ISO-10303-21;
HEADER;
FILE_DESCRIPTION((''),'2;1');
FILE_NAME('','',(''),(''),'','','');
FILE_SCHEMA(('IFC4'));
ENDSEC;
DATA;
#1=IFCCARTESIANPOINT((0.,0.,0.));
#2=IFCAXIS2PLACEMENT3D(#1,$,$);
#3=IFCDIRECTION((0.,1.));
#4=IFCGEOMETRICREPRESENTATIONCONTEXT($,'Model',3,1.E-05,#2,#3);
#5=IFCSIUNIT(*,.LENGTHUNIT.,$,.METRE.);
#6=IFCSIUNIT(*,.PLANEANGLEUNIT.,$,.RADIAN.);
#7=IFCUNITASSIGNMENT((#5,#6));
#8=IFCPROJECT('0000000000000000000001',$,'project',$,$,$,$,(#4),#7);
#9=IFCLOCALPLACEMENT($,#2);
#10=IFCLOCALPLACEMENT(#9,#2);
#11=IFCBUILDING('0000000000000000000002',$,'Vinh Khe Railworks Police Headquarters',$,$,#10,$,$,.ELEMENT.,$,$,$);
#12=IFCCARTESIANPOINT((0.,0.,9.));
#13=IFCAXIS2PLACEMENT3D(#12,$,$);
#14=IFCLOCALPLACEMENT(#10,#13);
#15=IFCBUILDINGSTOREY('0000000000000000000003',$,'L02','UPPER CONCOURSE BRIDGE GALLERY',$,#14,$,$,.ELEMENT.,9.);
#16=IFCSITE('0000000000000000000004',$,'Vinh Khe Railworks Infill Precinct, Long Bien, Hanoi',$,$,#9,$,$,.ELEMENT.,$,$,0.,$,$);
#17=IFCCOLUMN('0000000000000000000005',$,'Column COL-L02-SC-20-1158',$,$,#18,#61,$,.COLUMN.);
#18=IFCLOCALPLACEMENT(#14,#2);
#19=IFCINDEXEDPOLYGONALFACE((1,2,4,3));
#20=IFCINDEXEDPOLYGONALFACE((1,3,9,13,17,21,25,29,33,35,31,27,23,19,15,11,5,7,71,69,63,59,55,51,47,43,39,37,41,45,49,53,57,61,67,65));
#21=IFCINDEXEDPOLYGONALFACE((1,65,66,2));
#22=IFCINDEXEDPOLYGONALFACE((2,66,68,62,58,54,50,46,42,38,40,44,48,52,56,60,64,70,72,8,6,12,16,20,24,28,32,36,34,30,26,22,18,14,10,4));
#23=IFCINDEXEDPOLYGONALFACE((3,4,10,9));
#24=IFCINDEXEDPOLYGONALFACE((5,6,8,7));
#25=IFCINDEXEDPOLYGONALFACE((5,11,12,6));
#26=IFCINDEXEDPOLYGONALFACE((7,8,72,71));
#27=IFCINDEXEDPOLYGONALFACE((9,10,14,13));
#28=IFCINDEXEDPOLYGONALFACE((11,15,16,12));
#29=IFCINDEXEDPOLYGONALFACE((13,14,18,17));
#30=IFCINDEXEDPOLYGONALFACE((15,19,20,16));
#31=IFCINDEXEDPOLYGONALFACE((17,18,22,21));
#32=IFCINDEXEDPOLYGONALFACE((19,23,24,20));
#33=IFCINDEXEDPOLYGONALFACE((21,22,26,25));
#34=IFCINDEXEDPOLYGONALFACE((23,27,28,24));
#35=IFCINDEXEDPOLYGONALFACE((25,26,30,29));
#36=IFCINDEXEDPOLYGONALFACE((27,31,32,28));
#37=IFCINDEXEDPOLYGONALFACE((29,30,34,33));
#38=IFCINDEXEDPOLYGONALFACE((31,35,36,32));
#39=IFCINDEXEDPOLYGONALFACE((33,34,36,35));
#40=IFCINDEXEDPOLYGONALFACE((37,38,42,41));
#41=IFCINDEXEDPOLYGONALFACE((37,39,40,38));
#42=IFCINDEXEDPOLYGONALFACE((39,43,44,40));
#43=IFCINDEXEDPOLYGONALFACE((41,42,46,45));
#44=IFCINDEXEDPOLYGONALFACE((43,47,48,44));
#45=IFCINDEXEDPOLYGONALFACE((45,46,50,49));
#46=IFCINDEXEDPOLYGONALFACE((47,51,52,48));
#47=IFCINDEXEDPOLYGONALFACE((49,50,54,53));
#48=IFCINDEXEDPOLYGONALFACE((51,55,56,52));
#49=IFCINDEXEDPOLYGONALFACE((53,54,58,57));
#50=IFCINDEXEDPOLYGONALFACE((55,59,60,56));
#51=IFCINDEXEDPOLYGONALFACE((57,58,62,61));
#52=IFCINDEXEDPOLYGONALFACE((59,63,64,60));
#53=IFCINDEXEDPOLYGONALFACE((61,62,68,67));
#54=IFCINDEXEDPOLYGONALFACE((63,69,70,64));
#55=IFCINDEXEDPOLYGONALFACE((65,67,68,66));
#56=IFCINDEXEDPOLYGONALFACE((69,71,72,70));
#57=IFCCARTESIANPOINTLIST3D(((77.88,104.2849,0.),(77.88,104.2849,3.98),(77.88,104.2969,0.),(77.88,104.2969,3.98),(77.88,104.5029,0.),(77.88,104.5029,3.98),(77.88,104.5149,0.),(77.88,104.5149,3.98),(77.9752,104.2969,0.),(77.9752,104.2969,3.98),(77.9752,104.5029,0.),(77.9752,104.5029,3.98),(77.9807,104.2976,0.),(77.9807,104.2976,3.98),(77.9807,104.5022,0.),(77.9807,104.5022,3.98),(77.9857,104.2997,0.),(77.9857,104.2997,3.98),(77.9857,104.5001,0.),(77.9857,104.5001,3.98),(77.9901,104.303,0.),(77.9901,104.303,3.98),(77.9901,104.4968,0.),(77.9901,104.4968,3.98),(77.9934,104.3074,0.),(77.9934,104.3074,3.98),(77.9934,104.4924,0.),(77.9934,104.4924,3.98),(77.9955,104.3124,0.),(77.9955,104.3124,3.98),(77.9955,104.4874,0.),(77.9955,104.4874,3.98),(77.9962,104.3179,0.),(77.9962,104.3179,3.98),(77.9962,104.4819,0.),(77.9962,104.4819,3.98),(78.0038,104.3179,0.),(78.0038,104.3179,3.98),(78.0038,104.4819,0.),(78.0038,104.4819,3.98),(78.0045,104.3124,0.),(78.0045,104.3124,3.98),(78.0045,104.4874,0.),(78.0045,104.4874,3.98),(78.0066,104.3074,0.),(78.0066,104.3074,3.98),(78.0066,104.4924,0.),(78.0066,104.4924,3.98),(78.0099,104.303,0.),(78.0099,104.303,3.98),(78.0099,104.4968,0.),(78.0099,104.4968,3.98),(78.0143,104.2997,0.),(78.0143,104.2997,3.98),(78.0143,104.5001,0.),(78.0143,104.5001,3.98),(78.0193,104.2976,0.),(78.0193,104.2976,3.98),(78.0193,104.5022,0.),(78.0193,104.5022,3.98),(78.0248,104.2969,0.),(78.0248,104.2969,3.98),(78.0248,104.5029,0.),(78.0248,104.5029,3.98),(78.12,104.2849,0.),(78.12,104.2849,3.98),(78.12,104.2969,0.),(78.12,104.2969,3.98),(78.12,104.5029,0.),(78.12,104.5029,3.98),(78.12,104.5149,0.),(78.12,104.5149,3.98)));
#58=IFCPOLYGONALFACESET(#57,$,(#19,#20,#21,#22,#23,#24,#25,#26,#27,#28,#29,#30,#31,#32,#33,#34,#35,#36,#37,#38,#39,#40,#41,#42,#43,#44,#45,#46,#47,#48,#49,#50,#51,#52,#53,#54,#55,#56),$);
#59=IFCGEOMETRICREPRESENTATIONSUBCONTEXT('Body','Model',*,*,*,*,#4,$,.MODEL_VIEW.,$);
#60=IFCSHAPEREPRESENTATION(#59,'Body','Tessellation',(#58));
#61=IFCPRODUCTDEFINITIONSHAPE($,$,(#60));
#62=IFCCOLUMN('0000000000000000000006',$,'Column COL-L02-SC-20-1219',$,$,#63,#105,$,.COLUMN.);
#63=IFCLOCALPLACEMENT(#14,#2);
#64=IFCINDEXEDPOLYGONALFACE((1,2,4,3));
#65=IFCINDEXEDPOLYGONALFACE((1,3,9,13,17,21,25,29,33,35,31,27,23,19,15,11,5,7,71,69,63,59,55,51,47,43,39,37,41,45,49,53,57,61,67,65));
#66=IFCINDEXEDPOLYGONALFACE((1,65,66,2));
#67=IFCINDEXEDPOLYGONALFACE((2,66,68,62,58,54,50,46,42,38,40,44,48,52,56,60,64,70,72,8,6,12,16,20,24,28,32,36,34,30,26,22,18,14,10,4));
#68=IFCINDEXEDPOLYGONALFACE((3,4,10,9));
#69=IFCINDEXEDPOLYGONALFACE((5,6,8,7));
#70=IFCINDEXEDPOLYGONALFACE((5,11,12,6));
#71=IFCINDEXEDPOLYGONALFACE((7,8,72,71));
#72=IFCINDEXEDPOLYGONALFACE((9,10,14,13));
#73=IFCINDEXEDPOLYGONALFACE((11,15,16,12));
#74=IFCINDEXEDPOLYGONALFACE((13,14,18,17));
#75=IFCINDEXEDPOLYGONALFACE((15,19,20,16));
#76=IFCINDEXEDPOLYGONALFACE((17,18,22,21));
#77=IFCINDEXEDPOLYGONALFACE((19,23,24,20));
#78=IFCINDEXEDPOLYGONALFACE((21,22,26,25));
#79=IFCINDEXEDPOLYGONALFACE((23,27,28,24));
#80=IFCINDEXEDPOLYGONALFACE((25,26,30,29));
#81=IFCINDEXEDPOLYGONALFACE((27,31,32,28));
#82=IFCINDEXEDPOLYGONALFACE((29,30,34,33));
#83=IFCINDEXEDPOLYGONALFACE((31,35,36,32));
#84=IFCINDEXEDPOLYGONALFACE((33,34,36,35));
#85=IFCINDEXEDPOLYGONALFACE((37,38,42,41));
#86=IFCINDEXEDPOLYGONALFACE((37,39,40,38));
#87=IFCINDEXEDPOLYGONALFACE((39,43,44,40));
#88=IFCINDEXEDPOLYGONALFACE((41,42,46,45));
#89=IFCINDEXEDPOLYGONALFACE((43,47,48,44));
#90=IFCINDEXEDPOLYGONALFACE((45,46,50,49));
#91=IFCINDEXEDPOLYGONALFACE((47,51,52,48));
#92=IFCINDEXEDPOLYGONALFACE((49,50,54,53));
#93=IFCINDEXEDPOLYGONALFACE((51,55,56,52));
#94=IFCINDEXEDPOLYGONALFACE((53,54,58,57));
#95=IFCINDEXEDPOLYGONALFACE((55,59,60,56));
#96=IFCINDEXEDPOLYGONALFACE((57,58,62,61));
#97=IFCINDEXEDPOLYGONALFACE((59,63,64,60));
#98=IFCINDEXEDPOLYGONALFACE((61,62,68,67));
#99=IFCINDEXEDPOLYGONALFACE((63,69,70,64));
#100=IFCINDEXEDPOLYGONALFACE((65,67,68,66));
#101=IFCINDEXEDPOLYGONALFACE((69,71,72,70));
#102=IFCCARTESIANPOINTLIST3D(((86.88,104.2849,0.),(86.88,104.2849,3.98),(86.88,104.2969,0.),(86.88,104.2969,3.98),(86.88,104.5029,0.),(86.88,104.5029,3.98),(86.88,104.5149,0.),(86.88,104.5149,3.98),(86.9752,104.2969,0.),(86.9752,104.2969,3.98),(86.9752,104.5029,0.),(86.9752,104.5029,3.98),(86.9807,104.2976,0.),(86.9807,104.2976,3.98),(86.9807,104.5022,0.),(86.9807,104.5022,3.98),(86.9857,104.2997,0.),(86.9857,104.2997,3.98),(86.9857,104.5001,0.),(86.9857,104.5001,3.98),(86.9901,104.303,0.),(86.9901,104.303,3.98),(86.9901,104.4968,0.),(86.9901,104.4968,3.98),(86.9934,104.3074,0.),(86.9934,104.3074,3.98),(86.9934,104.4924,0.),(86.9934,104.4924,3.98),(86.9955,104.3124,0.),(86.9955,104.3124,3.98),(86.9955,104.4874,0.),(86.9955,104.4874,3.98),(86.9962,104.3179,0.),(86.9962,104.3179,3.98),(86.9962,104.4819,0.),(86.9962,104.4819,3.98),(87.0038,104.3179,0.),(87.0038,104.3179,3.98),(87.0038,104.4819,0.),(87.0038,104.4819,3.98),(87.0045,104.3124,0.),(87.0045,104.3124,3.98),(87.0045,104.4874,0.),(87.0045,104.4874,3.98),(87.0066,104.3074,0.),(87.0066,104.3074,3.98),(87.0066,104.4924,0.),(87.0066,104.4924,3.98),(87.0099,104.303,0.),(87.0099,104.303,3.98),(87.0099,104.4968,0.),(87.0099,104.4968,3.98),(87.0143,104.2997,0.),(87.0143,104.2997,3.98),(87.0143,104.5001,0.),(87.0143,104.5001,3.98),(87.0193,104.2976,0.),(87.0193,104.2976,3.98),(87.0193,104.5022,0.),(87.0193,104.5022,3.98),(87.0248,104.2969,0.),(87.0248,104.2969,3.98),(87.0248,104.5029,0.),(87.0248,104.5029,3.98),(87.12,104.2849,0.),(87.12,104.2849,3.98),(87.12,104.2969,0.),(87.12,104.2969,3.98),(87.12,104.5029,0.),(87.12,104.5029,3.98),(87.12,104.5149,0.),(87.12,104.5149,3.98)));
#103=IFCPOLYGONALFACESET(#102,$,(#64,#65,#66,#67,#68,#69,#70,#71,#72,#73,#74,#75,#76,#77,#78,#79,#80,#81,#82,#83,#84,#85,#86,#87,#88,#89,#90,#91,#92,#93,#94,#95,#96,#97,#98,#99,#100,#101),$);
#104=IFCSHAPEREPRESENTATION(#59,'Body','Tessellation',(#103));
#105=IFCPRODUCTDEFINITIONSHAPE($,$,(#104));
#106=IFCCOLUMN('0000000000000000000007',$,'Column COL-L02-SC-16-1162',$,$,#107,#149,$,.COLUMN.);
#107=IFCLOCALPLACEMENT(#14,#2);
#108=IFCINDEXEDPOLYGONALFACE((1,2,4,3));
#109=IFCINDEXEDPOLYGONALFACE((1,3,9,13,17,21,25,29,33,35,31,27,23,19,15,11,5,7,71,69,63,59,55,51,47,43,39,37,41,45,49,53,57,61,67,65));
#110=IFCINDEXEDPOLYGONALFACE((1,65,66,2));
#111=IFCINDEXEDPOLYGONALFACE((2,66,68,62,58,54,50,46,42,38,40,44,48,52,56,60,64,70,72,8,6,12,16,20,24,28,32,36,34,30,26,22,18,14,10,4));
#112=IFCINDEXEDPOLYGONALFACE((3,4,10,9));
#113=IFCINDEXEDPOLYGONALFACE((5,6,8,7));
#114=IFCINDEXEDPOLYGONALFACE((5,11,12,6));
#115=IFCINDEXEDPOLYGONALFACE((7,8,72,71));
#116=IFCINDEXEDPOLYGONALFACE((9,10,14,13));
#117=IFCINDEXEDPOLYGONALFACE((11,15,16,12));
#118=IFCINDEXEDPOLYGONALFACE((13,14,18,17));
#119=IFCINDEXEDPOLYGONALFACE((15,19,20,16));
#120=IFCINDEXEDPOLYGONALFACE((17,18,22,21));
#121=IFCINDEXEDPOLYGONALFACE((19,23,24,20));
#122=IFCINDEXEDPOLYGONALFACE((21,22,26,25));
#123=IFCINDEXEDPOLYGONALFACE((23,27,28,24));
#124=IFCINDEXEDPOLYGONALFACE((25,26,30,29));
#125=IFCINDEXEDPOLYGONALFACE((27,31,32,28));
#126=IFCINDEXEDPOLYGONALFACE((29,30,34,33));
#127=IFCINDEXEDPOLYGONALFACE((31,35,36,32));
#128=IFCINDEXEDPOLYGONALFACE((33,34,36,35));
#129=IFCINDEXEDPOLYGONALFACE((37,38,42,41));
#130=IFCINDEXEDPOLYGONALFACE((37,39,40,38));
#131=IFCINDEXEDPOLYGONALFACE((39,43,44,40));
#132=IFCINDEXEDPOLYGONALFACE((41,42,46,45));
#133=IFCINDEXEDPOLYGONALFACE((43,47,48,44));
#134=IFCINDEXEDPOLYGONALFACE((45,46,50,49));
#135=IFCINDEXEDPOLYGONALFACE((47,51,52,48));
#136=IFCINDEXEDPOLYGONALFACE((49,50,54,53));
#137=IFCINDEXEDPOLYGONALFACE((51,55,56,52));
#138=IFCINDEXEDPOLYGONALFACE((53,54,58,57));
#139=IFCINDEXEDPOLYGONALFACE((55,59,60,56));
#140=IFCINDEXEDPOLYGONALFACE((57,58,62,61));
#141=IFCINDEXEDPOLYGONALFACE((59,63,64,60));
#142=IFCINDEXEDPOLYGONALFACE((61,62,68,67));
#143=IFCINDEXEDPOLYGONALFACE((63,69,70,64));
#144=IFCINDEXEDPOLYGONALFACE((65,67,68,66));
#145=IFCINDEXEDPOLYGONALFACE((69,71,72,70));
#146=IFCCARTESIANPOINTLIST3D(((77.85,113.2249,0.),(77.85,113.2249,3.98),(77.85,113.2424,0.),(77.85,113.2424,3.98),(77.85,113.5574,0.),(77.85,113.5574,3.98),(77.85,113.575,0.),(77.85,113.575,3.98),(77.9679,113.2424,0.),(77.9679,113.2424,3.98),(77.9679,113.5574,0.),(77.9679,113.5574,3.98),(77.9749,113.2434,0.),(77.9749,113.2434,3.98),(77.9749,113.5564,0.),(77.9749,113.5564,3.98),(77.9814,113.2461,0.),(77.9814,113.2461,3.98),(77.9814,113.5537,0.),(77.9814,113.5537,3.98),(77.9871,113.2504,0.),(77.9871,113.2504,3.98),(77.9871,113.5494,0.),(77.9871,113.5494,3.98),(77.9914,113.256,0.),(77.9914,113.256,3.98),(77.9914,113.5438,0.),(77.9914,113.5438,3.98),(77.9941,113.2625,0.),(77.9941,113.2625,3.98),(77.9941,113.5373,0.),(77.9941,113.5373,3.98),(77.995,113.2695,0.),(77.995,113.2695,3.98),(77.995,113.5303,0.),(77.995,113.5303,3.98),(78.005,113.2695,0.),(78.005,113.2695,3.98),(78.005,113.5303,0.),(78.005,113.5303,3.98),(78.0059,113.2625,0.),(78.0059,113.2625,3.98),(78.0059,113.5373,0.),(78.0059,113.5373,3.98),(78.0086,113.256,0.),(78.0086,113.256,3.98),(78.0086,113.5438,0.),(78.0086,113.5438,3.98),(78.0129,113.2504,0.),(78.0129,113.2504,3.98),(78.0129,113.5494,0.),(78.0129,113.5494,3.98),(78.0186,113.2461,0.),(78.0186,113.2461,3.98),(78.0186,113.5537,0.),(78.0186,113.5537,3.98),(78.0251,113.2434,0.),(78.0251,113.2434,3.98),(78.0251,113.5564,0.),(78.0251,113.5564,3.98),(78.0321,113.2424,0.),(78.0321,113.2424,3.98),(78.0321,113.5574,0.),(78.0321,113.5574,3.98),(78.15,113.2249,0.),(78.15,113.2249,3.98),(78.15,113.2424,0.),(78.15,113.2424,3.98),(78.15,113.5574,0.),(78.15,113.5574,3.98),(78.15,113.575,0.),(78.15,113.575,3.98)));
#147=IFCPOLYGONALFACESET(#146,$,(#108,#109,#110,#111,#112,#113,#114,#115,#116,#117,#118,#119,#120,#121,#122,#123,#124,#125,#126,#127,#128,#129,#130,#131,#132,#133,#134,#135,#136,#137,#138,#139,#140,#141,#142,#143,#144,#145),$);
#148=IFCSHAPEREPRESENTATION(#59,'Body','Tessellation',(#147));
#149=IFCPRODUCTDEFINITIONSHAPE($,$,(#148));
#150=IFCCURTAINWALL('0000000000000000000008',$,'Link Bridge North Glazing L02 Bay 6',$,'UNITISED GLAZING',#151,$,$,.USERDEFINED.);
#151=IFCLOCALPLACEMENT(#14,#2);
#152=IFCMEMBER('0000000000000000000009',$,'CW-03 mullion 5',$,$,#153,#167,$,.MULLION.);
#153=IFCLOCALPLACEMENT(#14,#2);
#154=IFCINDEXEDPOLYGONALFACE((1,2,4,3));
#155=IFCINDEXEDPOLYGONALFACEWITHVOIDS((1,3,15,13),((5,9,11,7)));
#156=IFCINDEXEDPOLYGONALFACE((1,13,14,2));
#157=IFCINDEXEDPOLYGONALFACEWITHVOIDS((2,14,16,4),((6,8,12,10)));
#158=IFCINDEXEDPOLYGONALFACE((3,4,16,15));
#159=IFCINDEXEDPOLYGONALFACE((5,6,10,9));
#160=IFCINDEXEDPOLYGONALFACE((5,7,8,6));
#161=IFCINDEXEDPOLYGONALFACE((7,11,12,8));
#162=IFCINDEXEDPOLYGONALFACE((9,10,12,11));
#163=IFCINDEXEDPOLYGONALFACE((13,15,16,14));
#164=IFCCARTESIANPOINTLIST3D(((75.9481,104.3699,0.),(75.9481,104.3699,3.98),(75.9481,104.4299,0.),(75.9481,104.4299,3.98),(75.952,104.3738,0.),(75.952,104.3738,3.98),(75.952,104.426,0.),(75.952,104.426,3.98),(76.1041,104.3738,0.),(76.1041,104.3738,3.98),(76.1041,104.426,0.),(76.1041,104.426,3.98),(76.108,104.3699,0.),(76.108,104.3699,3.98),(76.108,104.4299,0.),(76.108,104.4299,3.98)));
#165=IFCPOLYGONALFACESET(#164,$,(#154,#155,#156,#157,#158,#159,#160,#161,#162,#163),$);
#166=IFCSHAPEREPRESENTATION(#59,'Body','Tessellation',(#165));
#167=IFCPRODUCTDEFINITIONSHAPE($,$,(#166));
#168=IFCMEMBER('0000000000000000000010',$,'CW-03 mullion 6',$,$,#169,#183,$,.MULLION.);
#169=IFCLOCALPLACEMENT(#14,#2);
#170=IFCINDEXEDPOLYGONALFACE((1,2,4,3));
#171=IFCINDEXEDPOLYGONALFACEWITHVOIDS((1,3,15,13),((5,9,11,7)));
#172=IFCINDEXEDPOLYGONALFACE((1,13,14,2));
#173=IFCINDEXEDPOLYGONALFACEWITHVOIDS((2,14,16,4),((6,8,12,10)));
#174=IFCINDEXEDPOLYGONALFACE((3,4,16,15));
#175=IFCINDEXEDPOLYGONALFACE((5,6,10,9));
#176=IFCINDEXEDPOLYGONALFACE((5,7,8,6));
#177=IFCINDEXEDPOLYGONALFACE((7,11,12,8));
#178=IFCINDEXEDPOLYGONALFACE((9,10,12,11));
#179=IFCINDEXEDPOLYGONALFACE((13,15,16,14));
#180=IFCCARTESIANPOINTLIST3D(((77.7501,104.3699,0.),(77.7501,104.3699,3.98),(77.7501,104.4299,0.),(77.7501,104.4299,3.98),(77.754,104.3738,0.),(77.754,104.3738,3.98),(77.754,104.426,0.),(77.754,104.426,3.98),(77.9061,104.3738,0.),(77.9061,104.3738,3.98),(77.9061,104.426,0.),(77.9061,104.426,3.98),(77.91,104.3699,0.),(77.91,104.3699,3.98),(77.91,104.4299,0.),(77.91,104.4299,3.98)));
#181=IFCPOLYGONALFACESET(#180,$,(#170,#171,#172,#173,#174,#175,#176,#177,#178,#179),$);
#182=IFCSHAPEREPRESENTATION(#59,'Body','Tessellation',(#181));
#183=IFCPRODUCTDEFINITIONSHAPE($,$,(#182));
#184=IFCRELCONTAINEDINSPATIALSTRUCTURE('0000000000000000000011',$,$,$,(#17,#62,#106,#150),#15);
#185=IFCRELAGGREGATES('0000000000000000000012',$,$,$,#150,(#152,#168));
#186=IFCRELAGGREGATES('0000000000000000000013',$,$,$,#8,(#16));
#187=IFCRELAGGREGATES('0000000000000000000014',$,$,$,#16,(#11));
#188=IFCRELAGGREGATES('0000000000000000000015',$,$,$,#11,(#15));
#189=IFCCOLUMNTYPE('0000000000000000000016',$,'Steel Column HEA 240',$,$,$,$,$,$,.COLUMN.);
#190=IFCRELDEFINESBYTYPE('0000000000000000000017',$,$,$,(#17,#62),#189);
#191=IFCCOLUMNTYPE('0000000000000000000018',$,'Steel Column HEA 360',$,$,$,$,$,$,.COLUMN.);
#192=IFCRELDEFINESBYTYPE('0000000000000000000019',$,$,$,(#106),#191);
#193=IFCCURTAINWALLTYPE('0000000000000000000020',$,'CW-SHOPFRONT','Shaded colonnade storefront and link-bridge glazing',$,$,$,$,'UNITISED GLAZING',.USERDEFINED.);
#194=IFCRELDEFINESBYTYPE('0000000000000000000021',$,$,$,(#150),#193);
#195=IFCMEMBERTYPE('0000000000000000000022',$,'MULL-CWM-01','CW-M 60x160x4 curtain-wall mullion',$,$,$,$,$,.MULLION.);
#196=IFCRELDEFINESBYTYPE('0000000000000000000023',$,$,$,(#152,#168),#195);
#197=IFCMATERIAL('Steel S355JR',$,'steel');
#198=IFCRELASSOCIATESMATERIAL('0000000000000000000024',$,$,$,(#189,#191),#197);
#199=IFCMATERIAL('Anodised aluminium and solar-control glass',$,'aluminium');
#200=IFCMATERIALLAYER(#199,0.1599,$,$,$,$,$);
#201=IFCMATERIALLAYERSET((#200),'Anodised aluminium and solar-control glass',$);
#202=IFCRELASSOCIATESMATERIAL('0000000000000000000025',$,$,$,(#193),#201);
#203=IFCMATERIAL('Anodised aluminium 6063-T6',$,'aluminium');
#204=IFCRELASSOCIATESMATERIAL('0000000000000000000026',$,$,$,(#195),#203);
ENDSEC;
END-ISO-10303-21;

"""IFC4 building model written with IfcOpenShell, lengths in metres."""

from ifc_helpers import new_model, si_unit, direction, frame, origin, origin_2d, place, context, subcontext, project, spatial, hollow_rectangle, i_section, extrude, material, layer, layer_set, material_profile, profile_set, type_object, element, aggregate, save


model = new_model("IFC4")

# Units and contexts
model_context = context("Model", 3, precision=1e-05, world=origin(), true_north=direction((0.0, 1.0)))
body_context = subcontext(model_context, "Body", "Model", "MODEL_VIEW")
ifc_project = project(units=[si_unit("LENGTHUNIT", "METRE"), si_unit("PLANEANGLEUNIT", "RADIAN")], contexts=[model_context])

# Site, building, storey
site_placement = place(None, origin())
site = spatial("IfcSite", under=ifc_project, at=site_placement, Name="Vinh Khe Railworks Infill Precinct, Long Bien, Hanoi", CompositionType="ELEMENT", RefElevation=0.0)
building_placement = place(site_placement, origin())
building = spatial("IfcBuilding", under=site, at=building_placement, Name="Vinh Khe Railworks Police Headquarters", CompositionType="ELEMENT")
storey_placement = place(building_placement, frame((0.0, 0.0, 9.0)))
storey = spatial("IfcBuildingStorey", under=building, at=storey_placement, Name="L02", Description="UPPER CONCOURSE BRIDGE GALLERY", CompositionType="ELEMENT", Elevation=9.0)

# Columns
ifc_material_1 = material(Name="Steel S355JR", Category="steel")
ifc_material_profile_1 = material_profile(ifc_material_1, i_section(OverallWidth=0.24, OverallDepth=0.23, WebThickness=0.0076, FlangeThickness=0.012, FilletRadius=0.021, at=origin_2d()), Name="HEA 240")
ifc_profile_set_1 = profile_set([ifc_material_profile_1], Name="Steel S355JR")
column_type_1 = type_object("IfcColumnType", Name="Steel Column HEA 240", PredefinedType="COLUMN", material=ifc_profile_set_1)
for number, where, z_axis, x_axis, name in (
    (1, (78.0, 104.3999, 0.0), (0.0, 0.0, 1.0), (1.0, 0.0, 0.0), "Column COL-L02-SC-20-1158"),
    (2, (87.0, 104.3999, 0.0), (0.0, 0.0, 1.0), (1.0, 0.0, 0.0), "Column COL-L02-SC-20-1219"),
):
    element("IfcColumn", number, at=place(storey_placement, frame(where, z_axis=z_axis, x_axis=x_axis)), inside=storey, type_object=column_type_1, Name=name, PredefinedType="COLUMN", context=body_context, shape_type="SweptSolid", body=[
        extrude(i_section(OverallWidth=0.24, OverallDepth=0.23, WebThickness=0.0076, FlangeThickness=0.012, FilletRadius=0.021, at=origin_2d()), origin(), (0.0, 0.0, 1.0), 3.98),
    ])
ifc_material_profile_2 = material_profile(ifc_material_1, i_section(OverallWidth=0.3, OverallDepth=0.3501, WebThickness=0.01, FlangeThickness=0.0176, FilletRadius=0.0271, at=origin_2d()), Name="HEA 360")
ifc_profile_set_2 = profile_set([ifc_material_profile_2], Name="Steel S355JR")
column_type_2 = type_object("IfcColumnType", Name="Steel Column HEA 360", PredefinedType="COLUMN", material=ifc_profile_set_2)
column_placement = place(storey_placement, frame((78.0, 113.3999, 0.0), z_axis=(0.0, 0.0, 1.0), x_axis=(1.0, 0.0, 0.0)))
element("IfcColumn", 3, at=column_placement, inside=storey, type_object=column_type_2, Name="Column COL-L02-SC-16-1162", PredefinedType="COLUMN", context=body_context, shape_type="SweptSolid", body=[
    extrude(i_section(OverallWidth=0.3, OverallDepth=0.3501, WebThickness=0.01, FlangeThickness=0.0176, FilletRadius=0.0271, at=origin_2d()), origin(), (0.0, 0.0, 1.0), 3.98),
])

# Curtain wall, members
ifc_material_2 = material(Name="Anodised aluminium and solar-control glass", Category="aluminium")
ifc_layer_1 = layer(ifc_material_2, 0.1599)
ifc_layer_set_1 = layer_set([ifc_layer_1], Name="Anodised aluminium and solar-control glass")
curtain_wall_type = type_object("IfcCurtainWallType", Name="CW-SHOPFRONT", Description="Shaded colonnade storefront and link-bridge glazing", ElementType="UNITISED GLAZING", PredefinedType="USERDEFINED", material=ifc_layer_set_1)
curtain_wall_placement = place(storey_placement, origin())
curtain_wall = element("IfcCurtainWall", 4, at=curtain_wall_placement, inside=storey, type_object=curtain_wall_type, Name="Link Bridge North Glazing L02 Bay 6", ObjectType="UNITISED GLAZING", PredefinedType="USERDEFINED")
ifc_material_3 = material(Name="Anodised aluminium 6063-T6", Category="aluminium")
ifc_material_profile_3 = material_profile(ifc_material_3, hollow_rectangle(XDim=0.0601, YDim=0.1599, WallThickness=0.0039, at=origin_2d()), Name="CW-M 60x160x4")
ifc_profile_set_3 = profile_set([ifc_material_profile_3], Name="Anodised aluminium 6063-T6")
member_type_1 = type_object("IfcMemberType", Name="MULL-CWM-01", Description="CW-M 60x160x4 curtain-wall mullion", PredefinedType="MULLION", material=ifc_profile_set_3)
member_1_placement = place(storey_placement, frame((76.0281, 104.3999, 0.0), z_axis=(0.0, 0.0, 1.0), x_axis=(0.0, 1.0, 0.0)))
member_1 = element("IfcMember", 5, at=member_1_placement, type_object=member_type_1, Name="CW-03 mullion 5", PredefinedType="MULLION", context=body_context, shape_type="SweptSolid", body=[
    extrude(hollow_rectangle(XDim=0.0601, YDim=0.1599, WallThickness=0.0039, at=origin_2d()), origin(), (0.0, 0.0, 1.0), 3.98),
])
member_2_placement = place(storey_placement, frame((77.8301, 104.3999, 0.0), z_axis=(0.0, 0.0, 1.0), x_axis=(0.0, 1.0, 0.0)))
member_2 = element("IfcMember", 6, at=member_2_placement, type_object=member_type_1, Name="CW-03 mullion 6", PredefinedType="MULLION", context=body_context, shape_type="SweptSolid", body=[
    extrude(hollow_rectangle(XDim=0.0601, YDim=0.1599, WallThickness=0.0039, at=origin_2d()), origin(), (0.0, 0.0, 1.0), 3.98),
])

aggregate(curtain_wall, [member_1, member_2])

save(model, "model.ifc")
